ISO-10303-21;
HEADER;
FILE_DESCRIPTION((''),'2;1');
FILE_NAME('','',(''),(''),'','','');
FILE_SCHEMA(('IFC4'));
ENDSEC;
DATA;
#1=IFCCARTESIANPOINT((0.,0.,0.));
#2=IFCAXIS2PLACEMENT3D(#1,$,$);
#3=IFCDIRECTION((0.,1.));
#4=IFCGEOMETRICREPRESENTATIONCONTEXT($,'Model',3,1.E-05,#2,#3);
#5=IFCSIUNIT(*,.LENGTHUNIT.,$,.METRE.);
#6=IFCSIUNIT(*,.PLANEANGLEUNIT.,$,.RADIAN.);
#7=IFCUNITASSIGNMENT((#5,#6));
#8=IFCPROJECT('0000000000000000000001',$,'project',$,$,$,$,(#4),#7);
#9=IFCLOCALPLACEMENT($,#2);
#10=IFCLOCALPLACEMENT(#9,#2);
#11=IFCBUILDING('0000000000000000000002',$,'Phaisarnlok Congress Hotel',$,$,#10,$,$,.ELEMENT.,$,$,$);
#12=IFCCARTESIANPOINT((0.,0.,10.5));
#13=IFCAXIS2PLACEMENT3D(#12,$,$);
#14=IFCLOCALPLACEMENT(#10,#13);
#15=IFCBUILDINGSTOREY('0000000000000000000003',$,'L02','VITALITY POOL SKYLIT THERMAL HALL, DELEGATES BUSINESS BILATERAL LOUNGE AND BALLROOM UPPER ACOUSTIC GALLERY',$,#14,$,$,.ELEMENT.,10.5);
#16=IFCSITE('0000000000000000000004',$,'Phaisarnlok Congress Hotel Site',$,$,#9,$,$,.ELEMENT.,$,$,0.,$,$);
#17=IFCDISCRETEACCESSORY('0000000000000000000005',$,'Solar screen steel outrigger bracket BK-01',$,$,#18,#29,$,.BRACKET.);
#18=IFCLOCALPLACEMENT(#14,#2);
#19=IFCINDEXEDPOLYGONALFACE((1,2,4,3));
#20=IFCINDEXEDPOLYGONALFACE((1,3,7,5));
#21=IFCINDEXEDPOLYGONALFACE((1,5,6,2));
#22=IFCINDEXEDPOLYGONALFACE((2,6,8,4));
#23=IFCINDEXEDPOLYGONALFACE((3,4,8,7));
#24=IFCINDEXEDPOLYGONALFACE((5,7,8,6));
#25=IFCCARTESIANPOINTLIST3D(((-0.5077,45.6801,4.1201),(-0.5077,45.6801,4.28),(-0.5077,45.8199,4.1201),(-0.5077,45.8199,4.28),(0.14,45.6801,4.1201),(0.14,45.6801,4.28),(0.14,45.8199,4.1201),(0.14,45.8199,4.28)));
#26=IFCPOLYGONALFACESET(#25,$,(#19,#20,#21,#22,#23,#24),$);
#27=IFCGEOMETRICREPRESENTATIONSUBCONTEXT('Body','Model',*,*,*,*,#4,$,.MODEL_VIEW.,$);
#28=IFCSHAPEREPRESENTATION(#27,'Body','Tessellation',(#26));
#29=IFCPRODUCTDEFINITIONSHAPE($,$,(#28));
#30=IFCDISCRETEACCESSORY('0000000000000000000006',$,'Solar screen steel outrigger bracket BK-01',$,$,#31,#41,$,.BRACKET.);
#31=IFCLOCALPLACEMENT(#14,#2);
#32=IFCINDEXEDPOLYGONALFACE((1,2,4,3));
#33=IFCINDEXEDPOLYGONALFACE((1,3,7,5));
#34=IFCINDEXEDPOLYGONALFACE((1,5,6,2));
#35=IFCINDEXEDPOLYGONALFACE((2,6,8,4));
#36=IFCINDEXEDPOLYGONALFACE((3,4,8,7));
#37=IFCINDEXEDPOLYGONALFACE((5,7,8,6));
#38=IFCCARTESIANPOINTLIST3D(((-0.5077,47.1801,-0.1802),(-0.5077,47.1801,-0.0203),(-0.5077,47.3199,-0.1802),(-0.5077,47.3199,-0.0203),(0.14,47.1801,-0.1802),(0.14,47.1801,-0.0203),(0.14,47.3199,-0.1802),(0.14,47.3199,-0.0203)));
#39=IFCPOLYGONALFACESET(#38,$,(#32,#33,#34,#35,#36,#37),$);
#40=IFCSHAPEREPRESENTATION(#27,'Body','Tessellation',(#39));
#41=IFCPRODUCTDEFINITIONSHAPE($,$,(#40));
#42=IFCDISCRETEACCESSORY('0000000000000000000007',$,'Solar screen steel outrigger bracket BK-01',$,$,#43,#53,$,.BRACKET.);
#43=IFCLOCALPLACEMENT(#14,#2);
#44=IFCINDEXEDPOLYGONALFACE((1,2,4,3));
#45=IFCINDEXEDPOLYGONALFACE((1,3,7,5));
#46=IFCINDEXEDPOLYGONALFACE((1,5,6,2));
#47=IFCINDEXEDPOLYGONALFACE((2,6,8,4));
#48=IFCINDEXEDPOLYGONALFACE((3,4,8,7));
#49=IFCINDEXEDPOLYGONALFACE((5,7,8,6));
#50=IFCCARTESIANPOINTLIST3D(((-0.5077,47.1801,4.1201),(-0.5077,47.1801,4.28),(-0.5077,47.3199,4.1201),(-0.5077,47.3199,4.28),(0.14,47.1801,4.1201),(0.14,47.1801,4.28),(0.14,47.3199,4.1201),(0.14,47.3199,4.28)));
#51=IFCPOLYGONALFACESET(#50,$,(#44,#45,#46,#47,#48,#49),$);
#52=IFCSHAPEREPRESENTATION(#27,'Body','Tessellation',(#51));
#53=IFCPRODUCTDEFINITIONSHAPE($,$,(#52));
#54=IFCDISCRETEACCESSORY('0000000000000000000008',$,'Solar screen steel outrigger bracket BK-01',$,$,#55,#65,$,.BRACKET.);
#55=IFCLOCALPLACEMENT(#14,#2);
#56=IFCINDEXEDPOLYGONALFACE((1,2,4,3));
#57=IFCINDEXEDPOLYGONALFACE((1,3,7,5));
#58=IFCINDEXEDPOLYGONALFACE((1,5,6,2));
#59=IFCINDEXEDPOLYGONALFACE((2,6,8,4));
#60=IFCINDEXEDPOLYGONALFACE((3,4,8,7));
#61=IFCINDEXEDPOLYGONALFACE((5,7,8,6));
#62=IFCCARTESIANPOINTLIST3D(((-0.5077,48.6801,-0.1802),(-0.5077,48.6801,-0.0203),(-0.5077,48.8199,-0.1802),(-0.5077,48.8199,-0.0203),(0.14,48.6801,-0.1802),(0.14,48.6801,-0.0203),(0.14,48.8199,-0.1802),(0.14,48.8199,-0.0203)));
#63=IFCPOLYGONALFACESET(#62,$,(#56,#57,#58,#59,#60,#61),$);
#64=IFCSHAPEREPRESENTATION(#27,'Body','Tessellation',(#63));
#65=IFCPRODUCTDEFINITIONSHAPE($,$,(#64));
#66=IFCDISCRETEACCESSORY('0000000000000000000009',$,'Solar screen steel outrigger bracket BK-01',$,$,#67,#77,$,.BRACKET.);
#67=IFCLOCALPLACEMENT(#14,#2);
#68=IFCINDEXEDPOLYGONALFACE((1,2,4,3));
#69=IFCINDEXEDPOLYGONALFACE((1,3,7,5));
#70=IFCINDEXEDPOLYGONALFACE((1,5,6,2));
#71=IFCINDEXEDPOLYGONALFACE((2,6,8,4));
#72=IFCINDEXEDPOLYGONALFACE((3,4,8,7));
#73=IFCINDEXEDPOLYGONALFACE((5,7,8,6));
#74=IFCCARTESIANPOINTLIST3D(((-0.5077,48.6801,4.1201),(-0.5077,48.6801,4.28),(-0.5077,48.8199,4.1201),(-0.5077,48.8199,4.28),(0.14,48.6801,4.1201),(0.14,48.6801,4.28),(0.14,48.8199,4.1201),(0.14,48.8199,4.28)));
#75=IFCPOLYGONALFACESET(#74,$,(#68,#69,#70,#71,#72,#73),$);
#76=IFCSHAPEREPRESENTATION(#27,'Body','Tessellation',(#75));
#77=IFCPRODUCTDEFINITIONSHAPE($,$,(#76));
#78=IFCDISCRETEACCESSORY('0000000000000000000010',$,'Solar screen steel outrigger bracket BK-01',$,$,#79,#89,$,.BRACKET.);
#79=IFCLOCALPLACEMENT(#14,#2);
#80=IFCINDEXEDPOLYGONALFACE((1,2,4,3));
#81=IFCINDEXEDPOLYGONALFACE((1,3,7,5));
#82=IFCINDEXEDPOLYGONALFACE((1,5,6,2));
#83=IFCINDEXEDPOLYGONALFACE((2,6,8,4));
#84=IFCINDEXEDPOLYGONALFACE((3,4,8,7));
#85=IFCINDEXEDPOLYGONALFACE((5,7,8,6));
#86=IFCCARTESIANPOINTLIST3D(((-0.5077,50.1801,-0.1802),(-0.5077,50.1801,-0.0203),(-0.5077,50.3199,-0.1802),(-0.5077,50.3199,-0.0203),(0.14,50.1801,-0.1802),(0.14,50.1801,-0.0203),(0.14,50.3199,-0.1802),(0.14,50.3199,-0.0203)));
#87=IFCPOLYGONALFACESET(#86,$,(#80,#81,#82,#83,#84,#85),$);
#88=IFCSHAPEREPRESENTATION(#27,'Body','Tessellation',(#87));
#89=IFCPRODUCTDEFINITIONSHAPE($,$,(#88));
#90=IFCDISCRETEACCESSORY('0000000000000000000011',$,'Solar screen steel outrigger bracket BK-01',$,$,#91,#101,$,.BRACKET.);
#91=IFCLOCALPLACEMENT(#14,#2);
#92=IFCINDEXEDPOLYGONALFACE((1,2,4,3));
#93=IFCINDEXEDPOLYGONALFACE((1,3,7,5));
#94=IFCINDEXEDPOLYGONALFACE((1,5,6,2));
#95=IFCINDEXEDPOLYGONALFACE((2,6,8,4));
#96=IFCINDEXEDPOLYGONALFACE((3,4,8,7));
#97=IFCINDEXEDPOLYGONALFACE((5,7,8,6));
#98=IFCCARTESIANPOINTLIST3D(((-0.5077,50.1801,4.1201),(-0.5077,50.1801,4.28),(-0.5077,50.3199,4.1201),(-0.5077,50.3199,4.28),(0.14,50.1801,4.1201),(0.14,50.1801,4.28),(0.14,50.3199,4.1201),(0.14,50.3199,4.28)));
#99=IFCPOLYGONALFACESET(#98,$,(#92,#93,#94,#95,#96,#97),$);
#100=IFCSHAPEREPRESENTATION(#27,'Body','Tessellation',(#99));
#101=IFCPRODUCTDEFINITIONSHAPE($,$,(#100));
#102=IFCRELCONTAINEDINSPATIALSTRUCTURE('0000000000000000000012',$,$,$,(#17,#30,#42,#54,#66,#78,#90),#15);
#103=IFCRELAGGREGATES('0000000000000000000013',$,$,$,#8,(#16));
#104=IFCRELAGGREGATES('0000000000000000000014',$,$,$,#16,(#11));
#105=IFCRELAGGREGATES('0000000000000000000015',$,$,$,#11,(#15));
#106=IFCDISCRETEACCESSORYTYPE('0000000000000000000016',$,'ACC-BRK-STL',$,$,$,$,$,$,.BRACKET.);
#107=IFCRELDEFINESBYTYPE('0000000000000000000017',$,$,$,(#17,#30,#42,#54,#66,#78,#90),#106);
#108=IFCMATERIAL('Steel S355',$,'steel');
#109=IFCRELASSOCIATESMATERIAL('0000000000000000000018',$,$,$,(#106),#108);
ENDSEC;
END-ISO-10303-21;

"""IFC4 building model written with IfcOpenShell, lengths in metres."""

from ifc_helpers import new_model, si_unit, direction, frame, origin, origin_2d, place, context, subcontext, project, spatial, rectangle, extrude, material, type_object, element, save


model = new_model("IFC4")

# Units and contexts
model_context = context("Model", 3, precision=1e-05, world=origin(), true_north=direction((0.0, 1.0)))
body_context = subcontext(model_context, "Body", "Model", "MODEL_VIEW")
ifc_project = project(units=[si_unit("LENGTHUNIT", "METRE"), si_unit("PLANEANGLEUNIT", "RADIAN")], contexts=[model_context])

# Site, building, storey
site_placement = place(None, origin())
site = spatial("IfcSite", under=ifc_project, at=site_placement, Name="Phaisarnlok Congress Hotel Site", CompositionType="ELEMENT", RefElevation=0.0)
building_placement = place(site_placement, origin())
building = spatial("IfcBuilding", under=site, at=building_placement, Name="Phaisarnlok Congress Hotel", CompositionType="ELEMENT")
storey_placement = place(building_placement, frame((0.0, 0.0, 10.5)))
storey = spatial("IfcBuildingStorey", under=building, at=storey_placement, Name="L02", Description="VITALITY POOL SKYLIT THERMAL HALL, DELEGATES BUSINESS BILATERAL LOUNGE AND BALLROOM UPPER ACOUSTIC GALLERY", CompositionType="ELEMENT", Elevation=10.5)

# Discrete accessories
ifc_material_1 = material(Name="Steel S355", Category="steel")
discrete_accessory_type = type_object("IfcDiscreteAccessoryType", Name="ACC-BRK-STL", PredefinedType="BRACKET", material=ifc_material_1)
for number, where, z_axis, x_axis, name in (
    (1, (-0.1838, 45.75, 4.1201), (0.0, 0.0, 1.0), (1.0, 0.0, 0.0), "Solar screen steel outrigger bracket BK-01"),
    (2, (-0.1838, 47.25, -0.1802), (0.0, 0.0, 1.0), (1.0, 0.0, 0.0), "Solar screen steel outrigger bracket BK-01"),
    (3, (-0.1838, 47.25, 4.1201), (0.0, 0.0, 1.0), (1.0, 0.0, 0.0), "Solar screen steel outrigger bracket BK-01"),
    (4, (-0.1838, 48.75, -0.1802), (0.0, 0.0, 1.0), (1.0, 0.0, 0.0), "Solar screen steel outrigger bracket BK-01"),
    (5, (-0.1838, 48.75, 4.1201), (0.0, 0.0, 1.0), (1.0, 0.0, 0.0), "Solar screen steel outrigger bracket BK-01"),
    (6, (-0.1838, 50.25, -0.1802), (0.0, 0.0, 1.0), (1.0, 0.0, 0.0), "Solar screen steel outrigger bracket BK-01"),
    (7, (-0.1838, 50.25, 4.1201), (0.0, 0.0, 1.0), (1.0, 0.0, 0.0), "Solar screen steel outrigger bracket BK-01"),
):
    element("IfcDiscreteAccessory", number, at=place(storey_placement, frame(where, z_axis=z_axis, x_axis=x_axis)), inside=storey, type_object=discrete_accessory_type, Name=name, PredefinedType="BRACKET", context=body_context, shape_type="SweptSolid", body=[
        extrude(rectangle(XDim=0.6477, YDim=0.1399, at=origin_2d()), origin(), (0.0, 0.0, 1.0), 0.1599),
    ])

save(model, "model.ifc")
